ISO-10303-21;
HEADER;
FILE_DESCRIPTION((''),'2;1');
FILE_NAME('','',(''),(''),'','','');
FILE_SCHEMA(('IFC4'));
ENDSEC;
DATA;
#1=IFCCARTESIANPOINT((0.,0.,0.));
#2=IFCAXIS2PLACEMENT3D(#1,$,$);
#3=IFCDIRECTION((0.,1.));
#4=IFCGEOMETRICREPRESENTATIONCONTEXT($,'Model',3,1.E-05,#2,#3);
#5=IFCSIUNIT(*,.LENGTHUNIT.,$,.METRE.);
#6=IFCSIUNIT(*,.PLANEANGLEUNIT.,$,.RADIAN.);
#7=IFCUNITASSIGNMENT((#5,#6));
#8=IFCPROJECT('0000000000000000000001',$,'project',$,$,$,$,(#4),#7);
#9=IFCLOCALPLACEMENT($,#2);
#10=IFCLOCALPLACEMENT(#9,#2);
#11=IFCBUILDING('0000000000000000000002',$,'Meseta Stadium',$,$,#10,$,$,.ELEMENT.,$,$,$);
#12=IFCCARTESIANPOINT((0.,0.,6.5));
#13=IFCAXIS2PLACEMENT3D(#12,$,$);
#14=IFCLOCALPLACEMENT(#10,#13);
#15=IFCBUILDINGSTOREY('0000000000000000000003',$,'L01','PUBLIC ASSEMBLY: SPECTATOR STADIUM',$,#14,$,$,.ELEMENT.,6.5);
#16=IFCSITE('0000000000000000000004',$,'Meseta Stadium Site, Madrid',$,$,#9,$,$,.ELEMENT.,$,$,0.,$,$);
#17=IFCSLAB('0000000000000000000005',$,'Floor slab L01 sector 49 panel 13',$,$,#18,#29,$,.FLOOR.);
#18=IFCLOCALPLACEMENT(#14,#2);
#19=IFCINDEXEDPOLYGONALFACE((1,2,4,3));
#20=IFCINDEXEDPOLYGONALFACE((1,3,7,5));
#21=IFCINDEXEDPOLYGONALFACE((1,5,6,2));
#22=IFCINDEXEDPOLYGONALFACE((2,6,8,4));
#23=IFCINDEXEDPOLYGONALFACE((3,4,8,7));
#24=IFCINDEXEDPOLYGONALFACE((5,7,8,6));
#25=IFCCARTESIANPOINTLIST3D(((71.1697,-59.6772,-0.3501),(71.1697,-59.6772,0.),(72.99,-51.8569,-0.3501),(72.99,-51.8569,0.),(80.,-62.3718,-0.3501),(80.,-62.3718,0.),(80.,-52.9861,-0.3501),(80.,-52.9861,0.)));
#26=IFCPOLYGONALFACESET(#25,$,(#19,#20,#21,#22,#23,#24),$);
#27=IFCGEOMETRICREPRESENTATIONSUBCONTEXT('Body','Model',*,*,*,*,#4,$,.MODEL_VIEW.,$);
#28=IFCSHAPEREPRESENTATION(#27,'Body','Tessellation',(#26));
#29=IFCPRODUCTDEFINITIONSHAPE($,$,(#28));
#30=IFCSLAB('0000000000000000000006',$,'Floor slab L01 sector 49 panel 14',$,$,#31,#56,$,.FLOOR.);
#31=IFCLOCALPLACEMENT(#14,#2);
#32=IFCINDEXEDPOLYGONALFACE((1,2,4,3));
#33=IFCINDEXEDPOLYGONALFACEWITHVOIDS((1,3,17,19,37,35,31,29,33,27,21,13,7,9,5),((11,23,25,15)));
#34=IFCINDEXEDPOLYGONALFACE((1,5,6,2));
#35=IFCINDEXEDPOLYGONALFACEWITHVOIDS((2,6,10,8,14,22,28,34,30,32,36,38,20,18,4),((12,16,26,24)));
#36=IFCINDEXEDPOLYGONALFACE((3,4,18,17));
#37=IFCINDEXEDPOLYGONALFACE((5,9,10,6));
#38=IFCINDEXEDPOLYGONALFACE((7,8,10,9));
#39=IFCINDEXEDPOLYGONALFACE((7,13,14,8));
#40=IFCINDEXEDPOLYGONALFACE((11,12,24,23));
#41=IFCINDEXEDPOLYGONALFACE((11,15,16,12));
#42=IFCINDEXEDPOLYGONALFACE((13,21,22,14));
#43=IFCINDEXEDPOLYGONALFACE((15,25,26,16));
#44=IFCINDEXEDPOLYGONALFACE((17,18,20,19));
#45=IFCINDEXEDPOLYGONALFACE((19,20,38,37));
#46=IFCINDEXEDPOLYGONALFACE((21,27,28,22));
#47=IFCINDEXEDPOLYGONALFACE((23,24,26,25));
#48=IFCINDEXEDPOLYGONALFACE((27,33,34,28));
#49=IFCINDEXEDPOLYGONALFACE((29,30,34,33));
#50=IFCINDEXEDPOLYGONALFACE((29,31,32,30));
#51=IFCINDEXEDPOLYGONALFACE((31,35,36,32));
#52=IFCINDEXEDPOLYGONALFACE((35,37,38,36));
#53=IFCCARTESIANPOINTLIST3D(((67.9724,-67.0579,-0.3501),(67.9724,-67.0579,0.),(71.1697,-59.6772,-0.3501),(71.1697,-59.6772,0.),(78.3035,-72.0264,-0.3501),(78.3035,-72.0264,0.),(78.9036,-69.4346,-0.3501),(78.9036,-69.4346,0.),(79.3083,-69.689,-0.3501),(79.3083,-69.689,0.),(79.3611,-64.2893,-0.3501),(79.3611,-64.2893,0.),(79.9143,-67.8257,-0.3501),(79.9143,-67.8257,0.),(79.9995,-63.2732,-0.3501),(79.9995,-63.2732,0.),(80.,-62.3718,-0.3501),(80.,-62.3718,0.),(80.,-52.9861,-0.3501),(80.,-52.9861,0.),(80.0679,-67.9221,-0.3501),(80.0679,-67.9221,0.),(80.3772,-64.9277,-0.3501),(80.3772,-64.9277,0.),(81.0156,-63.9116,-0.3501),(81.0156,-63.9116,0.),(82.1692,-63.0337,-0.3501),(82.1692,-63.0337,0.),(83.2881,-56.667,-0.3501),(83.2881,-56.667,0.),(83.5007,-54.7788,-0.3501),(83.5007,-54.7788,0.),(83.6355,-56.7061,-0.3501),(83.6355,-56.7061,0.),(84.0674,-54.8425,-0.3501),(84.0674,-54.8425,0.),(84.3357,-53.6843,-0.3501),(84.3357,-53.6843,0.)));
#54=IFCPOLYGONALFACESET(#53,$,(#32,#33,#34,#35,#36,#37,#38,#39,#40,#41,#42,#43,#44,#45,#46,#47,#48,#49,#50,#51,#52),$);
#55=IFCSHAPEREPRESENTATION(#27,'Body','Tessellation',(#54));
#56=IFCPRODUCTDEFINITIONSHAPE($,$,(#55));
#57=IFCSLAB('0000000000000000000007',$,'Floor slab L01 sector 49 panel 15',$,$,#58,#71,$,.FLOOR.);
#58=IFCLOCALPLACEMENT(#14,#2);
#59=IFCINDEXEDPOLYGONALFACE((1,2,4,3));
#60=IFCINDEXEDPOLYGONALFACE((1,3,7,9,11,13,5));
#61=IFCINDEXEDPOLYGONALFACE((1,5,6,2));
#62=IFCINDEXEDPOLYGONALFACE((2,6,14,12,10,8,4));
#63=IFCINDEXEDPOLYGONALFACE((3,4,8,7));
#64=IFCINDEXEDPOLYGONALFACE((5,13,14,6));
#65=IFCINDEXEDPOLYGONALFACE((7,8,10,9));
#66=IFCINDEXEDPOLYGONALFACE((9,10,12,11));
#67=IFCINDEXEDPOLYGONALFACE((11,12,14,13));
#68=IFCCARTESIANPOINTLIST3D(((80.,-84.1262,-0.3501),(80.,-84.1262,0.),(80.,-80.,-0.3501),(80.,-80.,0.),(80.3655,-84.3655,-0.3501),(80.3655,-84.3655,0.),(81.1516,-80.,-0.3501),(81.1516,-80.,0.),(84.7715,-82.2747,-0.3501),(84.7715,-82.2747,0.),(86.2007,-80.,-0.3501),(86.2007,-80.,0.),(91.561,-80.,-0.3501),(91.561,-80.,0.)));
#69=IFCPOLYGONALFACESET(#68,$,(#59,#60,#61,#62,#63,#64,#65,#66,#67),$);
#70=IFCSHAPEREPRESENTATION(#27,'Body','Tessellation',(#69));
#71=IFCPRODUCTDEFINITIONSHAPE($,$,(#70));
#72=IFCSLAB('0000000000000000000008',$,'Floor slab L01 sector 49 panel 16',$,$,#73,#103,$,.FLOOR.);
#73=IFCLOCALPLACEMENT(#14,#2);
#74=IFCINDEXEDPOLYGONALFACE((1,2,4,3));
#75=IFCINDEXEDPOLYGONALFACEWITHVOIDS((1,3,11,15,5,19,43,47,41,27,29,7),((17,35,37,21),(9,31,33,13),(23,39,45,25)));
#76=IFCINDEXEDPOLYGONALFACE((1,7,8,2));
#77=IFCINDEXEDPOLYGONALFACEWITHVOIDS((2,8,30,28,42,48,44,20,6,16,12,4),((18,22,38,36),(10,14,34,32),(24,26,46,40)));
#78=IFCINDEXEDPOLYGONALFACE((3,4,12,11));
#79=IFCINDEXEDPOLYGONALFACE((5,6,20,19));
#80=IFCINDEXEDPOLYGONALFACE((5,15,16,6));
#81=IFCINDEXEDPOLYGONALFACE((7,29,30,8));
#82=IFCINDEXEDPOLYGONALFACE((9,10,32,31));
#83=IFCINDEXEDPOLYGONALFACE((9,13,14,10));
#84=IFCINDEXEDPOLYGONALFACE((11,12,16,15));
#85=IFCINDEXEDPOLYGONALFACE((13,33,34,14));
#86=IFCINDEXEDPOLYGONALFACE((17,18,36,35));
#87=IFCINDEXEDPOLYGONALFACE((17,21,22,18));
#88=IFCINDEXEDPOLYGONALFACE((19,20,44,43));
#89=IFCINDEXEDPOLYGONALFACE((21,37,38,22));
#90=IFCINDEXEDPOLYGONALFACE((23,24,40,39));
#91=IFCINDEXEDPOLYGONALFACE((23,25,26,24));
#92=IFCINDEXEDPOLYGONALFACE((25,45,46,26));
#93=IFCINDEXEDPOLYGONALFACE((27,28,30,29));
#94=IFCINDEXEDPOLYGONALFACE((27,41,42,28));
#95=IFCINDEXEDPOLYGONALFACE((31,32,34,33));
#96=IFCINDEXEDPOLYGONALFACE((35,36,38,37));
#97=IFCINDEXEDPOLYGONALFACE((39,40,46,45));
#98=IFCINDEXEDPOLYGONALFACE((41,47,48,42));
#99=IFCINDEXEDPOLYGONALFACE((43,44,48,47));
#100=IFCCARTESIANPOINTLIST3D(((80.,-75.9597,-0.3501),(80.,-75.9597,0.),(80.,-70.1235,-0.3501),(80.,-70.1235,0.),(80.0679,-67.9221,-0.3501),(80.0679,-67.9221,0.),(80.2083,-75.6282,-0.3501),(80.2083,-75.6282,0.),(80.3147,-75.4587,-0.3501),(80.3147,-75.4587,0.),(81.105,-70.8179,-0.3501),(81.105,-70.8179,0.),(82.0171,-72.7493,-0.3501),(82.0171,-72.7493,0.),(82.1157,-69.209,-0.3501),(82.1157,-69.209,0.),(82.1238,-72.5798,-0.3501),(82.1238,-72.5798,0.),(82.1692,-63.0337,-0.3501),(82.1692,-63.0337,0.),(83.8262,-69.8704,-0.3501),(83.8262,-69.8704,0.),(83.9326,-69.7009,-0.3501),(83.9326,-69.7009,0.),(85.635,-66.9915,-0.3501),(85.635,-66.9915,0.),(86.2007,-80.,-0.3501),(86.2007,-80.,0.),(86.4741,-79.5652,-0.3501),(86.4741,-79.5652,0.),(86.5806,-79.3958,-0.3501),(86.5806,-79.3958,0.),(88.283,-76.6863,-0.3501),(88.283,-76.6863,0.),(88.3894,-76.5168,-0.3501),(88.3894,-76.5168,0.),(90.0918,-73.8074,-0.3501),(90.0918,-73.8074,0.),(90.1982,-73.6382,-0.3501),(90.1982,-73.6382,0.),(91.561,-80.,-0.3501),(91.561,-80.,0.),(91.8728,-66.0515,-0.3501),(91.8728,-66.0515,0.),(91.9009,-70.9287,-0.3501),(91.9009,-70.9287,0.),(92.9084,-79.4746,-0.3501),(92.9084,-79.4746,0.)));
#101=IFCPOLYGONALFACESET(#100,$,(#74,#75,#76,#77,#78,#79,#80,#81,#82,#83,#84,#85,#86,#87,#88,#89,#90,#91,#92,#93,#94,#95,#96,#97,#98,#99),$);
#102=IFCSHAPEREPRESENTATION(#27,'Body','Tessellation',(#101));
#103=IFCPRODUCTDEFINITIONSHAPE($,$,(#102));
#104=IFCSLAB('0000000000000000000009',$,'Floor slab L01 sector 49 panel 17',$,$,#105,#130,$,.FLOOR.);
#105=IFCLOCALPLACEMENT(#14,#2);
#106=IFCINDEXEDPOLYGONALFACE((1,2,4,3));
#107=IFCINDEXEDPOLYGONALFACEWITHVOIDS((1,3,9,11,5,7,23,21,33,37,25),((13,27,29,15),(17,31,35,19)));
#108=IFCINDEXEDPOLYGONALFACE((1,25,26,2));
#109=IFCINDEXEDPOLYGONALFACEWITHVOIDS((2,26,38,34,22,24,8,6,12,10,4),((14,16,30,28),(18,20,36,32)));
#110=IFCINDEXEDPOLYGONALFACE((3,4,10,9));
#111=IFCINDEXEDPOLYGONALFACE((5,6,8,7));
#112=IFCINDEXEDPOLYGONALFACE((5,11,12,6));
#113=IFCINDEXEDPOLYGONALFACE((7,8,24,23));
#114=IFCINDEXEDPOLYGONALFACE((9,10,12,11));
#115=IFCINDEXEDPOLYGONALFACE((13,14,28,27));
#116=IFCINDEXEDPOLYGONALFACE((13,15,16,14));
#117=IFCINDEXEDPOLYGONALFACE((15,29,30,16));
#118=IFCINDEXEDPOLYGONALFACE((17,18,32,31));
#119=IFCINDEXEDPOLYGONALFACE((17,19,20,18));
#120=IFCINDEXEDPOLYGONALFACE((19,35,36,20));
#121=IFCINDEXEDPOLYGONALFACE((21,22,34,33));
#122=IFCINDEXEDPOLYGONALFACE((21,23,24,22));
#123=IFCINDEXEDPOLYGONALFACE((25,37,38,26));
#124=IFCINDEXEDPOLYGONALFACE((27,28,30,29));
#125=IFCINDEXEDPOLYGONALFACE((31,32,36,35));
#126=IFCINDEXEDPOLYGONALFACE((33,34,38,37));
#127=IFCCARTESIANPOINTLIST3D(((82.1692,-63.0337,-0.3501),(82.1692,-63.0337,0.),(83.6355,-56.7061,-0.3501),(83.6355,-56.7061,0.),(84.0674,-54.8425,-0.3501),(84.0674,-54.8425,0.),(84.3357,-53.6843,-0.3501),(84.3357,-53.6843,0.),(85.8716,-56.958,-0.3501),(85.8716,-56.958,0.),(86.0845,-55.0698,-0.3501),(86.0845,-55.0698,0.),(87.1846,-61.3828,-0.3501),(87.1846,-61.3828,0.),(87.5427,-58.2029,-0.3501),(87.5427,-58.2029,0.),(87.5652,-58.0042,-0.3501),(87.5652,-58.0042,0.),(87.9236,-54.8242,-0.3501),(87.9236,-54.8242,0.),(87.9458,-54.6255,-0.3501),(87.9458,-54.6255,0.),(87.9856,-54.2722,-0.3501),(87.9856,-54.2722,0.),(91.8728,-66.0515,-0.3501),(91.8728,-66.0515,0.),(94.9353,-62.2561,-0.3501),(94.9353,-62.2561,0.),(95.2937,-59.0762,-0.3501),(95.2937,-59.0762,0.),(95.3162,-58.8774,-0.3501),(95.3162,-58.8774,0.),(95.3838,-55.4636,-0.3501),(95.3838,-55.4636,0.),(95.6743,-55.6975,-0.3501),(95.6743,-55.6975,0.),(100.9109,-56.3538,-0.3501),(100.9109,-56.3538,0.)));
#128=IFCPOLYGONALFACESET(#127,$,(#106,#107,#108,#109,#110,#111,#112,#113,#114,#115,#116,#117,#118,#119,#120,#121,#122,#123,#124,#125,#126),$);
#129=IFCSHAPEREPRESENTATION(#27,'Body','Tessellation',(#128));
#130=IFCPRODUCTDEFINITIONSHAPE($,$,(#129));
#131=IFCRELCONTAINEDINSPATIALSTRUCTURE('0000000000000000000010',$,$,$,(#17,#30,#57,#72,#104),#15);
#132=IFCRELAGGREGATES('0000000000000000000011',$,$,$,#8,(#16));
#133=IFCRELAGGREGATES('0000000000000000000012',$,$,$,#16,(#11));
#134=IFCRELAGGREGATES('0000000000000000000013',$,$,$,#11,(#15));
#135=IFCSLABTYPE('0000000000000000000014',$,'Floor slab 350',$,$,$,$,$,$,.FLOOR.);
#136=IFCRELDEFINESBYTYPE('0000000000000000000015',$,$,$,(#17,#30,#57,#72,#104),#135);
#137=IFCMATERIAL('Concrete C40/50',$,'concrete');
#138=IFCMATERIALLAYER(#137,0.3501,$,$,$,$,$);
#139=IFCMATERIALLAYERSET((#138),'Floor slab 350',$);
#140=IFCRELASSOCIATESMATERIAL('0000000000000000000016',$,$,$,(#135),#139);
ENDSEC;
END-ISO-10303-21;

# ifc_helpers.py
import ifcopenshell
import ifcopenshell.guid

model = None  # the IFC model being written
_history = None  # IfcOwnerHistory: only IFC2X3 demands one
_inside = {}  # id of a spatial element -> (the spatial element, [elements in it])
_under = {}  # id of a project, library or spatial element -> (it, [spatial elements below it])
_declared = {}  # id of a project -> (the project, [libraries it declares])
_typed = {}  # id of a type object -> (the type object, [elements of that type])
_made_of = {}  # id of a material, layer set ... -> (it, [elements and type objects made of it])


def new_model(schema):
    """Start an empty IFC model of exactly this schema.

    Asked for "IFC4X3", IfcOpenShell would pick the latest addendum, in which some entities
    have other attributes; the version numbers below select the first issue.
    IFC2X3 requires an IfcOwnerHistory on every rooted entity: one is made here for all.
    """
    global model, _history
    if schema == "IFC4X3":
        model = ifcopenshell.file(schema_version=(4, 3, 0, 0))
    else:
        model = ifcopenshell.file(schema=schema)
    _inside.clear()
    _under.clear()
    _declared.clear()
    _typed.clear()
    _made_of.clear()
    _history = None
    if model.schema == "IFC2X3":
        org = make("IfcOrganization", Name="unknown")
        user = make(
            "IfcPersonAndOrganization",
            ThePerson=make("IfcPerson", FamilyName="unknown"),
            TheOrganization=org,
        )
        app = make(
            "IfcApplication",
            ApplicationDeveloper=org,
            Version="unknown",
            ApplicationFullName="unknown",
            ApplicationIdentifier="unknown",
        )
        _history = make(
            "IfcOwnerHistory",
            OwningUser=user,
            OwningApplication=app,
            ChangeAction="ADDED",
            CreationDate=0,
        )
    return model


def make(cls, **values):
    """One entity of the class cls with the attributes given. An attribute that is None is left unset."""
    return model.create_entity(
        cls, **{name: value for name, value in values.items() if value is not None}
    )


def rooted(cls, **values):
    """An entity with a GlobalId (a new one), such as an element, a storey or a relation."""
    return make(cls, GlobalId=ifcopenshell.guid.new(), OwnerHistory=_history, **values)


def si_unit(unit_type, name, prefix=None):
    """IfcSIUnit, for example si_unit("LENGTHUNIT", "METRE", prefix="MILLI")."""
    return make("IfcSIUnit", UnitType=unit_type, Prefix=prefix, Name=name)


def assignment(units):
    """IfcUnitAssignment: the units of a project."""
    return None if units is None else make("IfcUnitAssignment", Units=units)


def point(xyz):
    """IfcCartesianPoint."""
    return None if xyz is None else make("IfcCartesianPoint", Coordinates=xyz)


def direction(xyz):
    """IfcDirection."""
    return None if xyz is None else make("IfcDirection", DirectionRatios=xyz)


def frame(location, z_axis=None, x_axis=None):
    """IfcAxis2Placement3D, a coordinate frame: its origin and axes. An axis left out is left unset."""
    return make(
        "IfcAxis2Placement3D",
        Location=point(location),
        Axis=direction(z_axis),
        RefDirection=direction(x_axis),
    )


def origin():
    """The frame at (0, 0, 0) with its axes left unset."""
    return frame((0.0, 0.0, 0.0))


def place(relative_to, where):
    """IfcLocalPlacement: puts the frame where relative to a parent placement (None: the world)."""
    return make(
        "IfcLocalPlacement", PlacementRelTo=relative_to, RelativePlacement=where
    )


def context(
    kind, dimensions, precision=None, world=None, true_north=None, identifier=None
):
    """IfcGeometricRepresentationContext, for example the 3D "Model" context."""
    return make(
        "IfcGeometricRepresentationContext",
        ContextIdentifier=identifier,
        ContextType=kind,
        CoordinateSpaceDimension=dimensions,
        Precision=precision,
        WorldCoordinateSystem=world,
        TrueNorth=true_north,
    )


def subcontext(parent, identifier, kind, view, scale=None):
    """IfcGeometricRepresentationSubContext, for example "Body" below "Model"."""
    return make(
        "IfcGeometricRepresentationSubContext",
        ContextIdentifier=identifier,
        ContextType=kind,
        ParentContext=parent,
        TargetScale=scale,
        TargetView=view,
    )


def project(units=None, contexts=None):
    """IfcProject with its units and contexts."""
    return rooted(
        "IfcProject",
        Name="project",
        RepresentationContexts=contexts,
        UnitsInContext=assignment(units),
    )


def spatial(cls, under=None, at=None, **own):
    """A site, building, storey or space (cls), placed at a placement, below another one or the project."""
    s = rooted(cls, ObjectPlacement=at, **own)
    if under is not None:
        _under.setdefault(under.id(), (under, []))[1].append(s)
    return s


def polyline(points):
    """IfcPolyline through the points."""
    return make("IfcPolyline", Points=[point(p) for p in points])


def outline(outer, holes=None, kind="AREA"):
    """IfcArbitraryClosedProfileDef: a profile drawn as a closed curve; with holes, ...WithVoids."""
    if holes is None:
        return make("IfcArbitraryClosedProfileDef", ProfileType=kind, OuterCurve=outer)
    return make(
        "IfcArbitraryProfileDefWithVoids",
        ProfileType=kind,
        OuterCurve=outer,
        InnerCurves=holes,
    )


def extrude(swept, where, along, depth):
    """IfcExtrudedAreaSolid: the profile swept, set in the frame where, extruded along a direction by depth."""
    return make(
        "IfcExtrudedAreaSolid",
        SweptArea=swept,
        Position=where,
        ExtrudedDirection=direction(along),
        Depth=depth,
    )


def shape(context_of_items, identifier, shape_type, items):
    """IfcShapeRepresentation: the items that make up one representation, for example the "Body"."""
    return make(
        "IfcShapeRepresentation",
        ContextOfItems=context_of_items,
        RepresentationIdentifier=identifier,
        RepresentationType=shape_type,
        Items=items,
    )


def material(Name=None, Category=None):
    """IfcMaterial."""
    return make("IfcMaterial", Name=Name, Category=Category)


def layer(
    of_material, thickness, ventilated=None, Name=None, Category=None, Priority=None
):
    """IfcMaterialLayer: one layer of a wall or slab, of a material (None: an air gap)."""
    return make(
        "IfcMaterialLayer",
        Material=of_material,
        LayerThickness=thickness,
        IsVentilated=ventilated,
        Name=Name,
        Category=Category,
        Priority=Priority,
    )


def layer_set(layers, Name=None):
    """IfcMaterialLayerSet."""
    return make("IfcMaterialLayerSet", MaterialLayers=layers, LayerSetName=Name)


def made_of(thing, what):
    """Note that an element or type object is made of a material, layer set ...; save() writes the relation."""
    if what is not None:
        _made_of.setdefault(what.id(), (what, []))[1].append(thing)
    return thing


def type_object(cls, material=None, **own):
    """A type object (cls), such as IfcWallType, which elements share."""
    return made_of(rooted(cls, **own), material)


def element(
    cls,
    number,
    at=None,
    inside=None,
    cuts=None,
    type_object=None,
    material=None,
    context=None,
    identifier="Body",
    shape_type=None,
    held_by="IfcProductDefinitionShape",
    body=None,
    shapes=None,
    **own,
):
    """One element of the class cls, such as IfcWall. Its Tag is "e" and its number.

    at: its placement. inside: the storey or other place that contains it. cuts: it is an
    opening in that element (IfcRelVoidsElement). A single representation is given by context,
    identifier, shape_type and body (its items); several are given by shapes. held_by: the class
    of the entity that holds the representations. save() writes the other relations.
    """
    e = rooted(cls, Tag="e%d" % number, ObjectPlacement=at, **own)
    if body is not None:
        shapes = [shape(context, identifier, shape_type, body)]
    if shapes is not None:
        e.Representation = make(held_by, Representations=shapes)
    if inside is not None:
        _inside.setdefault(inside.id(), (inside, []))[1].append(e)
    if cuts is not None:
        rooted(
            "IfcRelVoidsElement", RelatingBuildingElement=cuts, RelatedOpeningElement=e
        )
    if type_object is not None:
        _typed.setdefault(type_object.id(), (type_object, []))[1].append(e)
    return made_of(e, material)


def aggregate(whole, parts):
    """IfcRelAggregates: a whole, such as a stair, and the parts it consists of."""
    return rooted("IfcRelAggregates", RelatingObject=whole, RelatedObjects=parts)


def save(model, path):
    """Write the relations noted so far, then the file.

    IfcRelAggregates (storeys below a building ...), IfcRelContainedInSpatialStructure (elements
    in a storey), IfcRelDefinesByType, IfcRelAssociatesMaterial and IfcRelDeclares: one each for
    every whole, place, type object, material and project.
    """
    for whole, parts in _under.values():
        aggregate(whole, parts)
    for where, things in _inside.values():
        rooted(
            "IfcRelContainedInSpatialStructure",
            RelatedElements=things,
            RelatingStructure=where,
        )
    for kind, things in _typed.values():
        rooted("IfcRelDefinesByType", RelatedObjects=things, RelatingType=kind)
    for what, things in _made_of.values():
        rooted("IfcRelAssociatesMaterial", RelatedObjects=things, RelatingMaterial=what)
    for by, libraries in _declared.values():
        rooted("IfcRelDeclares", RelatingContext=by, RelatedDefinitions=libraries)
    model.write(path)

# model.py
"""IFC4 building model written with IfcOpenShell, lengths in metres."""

from ifc_helpers import new_model, si_unit, direction, frame, origin, place, context, subcontext, project, spatial, polyline, outline, extrude, material, layer, layer_set, type_object, element, save


model = new_model("IFC4")

# Units and contexts
model_context = context("Model", 3, precision=1e-05, world=origin(), true_north=direction((0.0, 1.0)))
body_context = subcontext(model_context, "Body", "Model", "MODEL_VIEW")
ifc_project = project(units=[si_unit("LENGTHUNIT", "METRE"), si_unit("PLANEANGLEUNIT", "RADIAN")], contexts=[model_context])

# Site, building, storey
site_placement = place(None, origin())
site = spatial("IfcSite", under=ifc_project, at=site_placement, Name="Meseta Stadium Site, Madrid", CompositionType="ELEMENT", RefElevation=0.0)
building_placement = place(site_placement, origin())
building = spatial("IfcBuilding", under=site, at=building_placement, Name="Meseta Stadium", CompositionType="ELEMENT")
storey_placement = place(building_placement, frame((0.0, 0.0, 6.5)))
storey = spatial("IfcBuildingStorey", under=building, at=storey_placement, Name="L01", Description="PUBLIC ASSEMBLY: SPECTATOR STADIUM", CompositionType="ELEMENT", Elevation=6.5)

# Slabs
ifc_material = material(Name="Concrete C40/50", Category="concrete")
ifc_layer = layer(ifc_material, 0.3501)
ifc_layer_set = layer_set([ifc_layer], Name="Floor slab 350")
slab_type = type_object("IfcSlabType", Name="Floor slab 350", PredefinedType="FLOOR", material=ifc_layer_set)
slab_1_placement = place(storey_placement, frame((0.0, 0.0, -0.3501)))
element("IfcSlab", 1, at=slab_1_placement, inside=storey, type_object=slab_type, Name="Floor slab L01 sector 49 panel 13", PredefinedType="FLOOR", context=body_context, shape_type="SweptSolid", body=[
    extrude(outline(polyline([(80.0, -52.9861), (72.99, -51.8569), (71.1697, -59.6772), (80.0, -62.3718), (80.0, -52.9861)])), origin(), (0.0, 0.0, 1.0), 0.3501),
])
slab_2_placement = place(storey_placement, frame((0.0, 0.0, -0.3501)))
element("IfcSlab", 2, at=slab_2_placement, inside=storey, type_object=slab_type, Name="Floor slab L01 sector 49 panel 14", PredefinedType="FLOOR", context=body_context, shape_type="SweptSolid", body=[
    extrude(outline(polyline([(71.1697, -59.6772), (67.9724, -67.0579), (78.3035, -72.0264), (79.3083, -69.689), (78.9036, -69.4346), (79.9143, -67.8257), (80.0679, -67.9221), (82.1692, -63.0337), (83.6355, -56.7061), (83.2881, -56.667), (83.5007, -54.7788), (84.0674, -54.8425), (84.3357, -53.6843), (80.0, -52.9861), (80.0, -62.3718), (71.1697, -59.6772)]), holes=[polyline([(81.0156, -63.9116), (80.3772, -64.9277), (79.3611, -64.2893), (79.9995, -63.2732), (81.0156, -63.9116)])]), origin(), (0.0, 0.0, 1.0), 0.3501),
])
slab_3_placement = place(storey_placement, frame((0.0, 0.0, -0.3501)))
element("IfcSlab", 3, at=slab_3_placement, inside=storey, type_object=slab_type, Name="Floor slab L01 sector 49 panel 15", PredefinedType="FLOOR", context=body_context, shape_type="SweptSolid", body=[
    extrude(outline(polyline([(80.0, -80.0), (80.0, -84.1262), (80.3655, -84.3655), (91.561, -80.0), (86.2007, -80.0), (84.7715, -82.2747), (81.1516, -80.0), (80.0, -80.0)])), origin(), (0.0, 0.0, 1.0), 0.3501),
])
slab_4_placement = place(storey_placement, frame((0.0, 0.0, -0.3501)))
element("IfcSlab", 4, at=slab_4_placement, inside=storey, type_object=slab_type, Name="Floor slab L01 sector 49 panel 16", PredefinedType="FLOOR", context=body_context, shape_type="SweptSolid", body=[
    extrude(outline(polyline([(81.105, -70.8179), (80.0, -70.1235), (80.0, -75.9597), (80.2083, -75.6282), (86.4741, -79.5652), (86.2007, -80.0), (91.561, -80.0), (92.9084, -79.4746), (91.8728, -66.0515), (82.1692, -63.0337), (80.0679, -67.9221), (82.1157, -69.209), (81.105, -70.8179)]), holes=[polyline([(82.0171, -72.7493), (88.283, -76.6863), (86.5806, -79.3958), (80.3147, -75.4587), (82.0171, -72.7493)]), polyline([(82.1238, -72.5798), (83.8262, -69.8704), (90.0918, -73.8074), (88.3894, -76.5168), (82.1238, -72.5798)]), polyline([(83.9326, -69.7009), (85.635, -66.9915), (91.9009, -70.9287), (90.1982, -73.6382), (83.9326, -69.7009)])]), origin(), (0.0, 0.0, 1.0), 0.3501),
])
slab_5_placement = place(storey_placement, frame((0.0, 0.0, -0.3501)))
element("IfcSlab", 5, at=slab_5_placement, inside=storey, type_object=slab_type, Name="Floor slab L01 sector 49 panel 17", PredefinedType="FLOOR", context=body_context, shape_type="SweptSolid", body=[
    extrude(outline(polyline([(82.1692, -63.0337), (91.8728, -66.0515), (100.9109, -56.3538), (95.3838, -55.4636), (87.9458, -54.6255), (87.9856, -54.2722), (84.3357, -53.6843), (84.0674, -54.8425), (86.0845, -55.0698), (85.8716, -56.958), (83.6355, -56.7061), (82.1692, -63.0337)]), holes=[polyline([(87.1846, -61.3828), (87.5427, -58.2029), (95.2937, -59.0762), (94.9353, -62.2561), (87.1846, -61.3828)]), polyline([(87.5652, -58.0042), (87.9236, -54.8242), (95.6743, -55.6975), (95.3162, -58.8774), (87.5652, -58.0042)])]), origin(), (0.0, 0.0, 1.0), 0.3501),
])

save(model, "model.ifc")
